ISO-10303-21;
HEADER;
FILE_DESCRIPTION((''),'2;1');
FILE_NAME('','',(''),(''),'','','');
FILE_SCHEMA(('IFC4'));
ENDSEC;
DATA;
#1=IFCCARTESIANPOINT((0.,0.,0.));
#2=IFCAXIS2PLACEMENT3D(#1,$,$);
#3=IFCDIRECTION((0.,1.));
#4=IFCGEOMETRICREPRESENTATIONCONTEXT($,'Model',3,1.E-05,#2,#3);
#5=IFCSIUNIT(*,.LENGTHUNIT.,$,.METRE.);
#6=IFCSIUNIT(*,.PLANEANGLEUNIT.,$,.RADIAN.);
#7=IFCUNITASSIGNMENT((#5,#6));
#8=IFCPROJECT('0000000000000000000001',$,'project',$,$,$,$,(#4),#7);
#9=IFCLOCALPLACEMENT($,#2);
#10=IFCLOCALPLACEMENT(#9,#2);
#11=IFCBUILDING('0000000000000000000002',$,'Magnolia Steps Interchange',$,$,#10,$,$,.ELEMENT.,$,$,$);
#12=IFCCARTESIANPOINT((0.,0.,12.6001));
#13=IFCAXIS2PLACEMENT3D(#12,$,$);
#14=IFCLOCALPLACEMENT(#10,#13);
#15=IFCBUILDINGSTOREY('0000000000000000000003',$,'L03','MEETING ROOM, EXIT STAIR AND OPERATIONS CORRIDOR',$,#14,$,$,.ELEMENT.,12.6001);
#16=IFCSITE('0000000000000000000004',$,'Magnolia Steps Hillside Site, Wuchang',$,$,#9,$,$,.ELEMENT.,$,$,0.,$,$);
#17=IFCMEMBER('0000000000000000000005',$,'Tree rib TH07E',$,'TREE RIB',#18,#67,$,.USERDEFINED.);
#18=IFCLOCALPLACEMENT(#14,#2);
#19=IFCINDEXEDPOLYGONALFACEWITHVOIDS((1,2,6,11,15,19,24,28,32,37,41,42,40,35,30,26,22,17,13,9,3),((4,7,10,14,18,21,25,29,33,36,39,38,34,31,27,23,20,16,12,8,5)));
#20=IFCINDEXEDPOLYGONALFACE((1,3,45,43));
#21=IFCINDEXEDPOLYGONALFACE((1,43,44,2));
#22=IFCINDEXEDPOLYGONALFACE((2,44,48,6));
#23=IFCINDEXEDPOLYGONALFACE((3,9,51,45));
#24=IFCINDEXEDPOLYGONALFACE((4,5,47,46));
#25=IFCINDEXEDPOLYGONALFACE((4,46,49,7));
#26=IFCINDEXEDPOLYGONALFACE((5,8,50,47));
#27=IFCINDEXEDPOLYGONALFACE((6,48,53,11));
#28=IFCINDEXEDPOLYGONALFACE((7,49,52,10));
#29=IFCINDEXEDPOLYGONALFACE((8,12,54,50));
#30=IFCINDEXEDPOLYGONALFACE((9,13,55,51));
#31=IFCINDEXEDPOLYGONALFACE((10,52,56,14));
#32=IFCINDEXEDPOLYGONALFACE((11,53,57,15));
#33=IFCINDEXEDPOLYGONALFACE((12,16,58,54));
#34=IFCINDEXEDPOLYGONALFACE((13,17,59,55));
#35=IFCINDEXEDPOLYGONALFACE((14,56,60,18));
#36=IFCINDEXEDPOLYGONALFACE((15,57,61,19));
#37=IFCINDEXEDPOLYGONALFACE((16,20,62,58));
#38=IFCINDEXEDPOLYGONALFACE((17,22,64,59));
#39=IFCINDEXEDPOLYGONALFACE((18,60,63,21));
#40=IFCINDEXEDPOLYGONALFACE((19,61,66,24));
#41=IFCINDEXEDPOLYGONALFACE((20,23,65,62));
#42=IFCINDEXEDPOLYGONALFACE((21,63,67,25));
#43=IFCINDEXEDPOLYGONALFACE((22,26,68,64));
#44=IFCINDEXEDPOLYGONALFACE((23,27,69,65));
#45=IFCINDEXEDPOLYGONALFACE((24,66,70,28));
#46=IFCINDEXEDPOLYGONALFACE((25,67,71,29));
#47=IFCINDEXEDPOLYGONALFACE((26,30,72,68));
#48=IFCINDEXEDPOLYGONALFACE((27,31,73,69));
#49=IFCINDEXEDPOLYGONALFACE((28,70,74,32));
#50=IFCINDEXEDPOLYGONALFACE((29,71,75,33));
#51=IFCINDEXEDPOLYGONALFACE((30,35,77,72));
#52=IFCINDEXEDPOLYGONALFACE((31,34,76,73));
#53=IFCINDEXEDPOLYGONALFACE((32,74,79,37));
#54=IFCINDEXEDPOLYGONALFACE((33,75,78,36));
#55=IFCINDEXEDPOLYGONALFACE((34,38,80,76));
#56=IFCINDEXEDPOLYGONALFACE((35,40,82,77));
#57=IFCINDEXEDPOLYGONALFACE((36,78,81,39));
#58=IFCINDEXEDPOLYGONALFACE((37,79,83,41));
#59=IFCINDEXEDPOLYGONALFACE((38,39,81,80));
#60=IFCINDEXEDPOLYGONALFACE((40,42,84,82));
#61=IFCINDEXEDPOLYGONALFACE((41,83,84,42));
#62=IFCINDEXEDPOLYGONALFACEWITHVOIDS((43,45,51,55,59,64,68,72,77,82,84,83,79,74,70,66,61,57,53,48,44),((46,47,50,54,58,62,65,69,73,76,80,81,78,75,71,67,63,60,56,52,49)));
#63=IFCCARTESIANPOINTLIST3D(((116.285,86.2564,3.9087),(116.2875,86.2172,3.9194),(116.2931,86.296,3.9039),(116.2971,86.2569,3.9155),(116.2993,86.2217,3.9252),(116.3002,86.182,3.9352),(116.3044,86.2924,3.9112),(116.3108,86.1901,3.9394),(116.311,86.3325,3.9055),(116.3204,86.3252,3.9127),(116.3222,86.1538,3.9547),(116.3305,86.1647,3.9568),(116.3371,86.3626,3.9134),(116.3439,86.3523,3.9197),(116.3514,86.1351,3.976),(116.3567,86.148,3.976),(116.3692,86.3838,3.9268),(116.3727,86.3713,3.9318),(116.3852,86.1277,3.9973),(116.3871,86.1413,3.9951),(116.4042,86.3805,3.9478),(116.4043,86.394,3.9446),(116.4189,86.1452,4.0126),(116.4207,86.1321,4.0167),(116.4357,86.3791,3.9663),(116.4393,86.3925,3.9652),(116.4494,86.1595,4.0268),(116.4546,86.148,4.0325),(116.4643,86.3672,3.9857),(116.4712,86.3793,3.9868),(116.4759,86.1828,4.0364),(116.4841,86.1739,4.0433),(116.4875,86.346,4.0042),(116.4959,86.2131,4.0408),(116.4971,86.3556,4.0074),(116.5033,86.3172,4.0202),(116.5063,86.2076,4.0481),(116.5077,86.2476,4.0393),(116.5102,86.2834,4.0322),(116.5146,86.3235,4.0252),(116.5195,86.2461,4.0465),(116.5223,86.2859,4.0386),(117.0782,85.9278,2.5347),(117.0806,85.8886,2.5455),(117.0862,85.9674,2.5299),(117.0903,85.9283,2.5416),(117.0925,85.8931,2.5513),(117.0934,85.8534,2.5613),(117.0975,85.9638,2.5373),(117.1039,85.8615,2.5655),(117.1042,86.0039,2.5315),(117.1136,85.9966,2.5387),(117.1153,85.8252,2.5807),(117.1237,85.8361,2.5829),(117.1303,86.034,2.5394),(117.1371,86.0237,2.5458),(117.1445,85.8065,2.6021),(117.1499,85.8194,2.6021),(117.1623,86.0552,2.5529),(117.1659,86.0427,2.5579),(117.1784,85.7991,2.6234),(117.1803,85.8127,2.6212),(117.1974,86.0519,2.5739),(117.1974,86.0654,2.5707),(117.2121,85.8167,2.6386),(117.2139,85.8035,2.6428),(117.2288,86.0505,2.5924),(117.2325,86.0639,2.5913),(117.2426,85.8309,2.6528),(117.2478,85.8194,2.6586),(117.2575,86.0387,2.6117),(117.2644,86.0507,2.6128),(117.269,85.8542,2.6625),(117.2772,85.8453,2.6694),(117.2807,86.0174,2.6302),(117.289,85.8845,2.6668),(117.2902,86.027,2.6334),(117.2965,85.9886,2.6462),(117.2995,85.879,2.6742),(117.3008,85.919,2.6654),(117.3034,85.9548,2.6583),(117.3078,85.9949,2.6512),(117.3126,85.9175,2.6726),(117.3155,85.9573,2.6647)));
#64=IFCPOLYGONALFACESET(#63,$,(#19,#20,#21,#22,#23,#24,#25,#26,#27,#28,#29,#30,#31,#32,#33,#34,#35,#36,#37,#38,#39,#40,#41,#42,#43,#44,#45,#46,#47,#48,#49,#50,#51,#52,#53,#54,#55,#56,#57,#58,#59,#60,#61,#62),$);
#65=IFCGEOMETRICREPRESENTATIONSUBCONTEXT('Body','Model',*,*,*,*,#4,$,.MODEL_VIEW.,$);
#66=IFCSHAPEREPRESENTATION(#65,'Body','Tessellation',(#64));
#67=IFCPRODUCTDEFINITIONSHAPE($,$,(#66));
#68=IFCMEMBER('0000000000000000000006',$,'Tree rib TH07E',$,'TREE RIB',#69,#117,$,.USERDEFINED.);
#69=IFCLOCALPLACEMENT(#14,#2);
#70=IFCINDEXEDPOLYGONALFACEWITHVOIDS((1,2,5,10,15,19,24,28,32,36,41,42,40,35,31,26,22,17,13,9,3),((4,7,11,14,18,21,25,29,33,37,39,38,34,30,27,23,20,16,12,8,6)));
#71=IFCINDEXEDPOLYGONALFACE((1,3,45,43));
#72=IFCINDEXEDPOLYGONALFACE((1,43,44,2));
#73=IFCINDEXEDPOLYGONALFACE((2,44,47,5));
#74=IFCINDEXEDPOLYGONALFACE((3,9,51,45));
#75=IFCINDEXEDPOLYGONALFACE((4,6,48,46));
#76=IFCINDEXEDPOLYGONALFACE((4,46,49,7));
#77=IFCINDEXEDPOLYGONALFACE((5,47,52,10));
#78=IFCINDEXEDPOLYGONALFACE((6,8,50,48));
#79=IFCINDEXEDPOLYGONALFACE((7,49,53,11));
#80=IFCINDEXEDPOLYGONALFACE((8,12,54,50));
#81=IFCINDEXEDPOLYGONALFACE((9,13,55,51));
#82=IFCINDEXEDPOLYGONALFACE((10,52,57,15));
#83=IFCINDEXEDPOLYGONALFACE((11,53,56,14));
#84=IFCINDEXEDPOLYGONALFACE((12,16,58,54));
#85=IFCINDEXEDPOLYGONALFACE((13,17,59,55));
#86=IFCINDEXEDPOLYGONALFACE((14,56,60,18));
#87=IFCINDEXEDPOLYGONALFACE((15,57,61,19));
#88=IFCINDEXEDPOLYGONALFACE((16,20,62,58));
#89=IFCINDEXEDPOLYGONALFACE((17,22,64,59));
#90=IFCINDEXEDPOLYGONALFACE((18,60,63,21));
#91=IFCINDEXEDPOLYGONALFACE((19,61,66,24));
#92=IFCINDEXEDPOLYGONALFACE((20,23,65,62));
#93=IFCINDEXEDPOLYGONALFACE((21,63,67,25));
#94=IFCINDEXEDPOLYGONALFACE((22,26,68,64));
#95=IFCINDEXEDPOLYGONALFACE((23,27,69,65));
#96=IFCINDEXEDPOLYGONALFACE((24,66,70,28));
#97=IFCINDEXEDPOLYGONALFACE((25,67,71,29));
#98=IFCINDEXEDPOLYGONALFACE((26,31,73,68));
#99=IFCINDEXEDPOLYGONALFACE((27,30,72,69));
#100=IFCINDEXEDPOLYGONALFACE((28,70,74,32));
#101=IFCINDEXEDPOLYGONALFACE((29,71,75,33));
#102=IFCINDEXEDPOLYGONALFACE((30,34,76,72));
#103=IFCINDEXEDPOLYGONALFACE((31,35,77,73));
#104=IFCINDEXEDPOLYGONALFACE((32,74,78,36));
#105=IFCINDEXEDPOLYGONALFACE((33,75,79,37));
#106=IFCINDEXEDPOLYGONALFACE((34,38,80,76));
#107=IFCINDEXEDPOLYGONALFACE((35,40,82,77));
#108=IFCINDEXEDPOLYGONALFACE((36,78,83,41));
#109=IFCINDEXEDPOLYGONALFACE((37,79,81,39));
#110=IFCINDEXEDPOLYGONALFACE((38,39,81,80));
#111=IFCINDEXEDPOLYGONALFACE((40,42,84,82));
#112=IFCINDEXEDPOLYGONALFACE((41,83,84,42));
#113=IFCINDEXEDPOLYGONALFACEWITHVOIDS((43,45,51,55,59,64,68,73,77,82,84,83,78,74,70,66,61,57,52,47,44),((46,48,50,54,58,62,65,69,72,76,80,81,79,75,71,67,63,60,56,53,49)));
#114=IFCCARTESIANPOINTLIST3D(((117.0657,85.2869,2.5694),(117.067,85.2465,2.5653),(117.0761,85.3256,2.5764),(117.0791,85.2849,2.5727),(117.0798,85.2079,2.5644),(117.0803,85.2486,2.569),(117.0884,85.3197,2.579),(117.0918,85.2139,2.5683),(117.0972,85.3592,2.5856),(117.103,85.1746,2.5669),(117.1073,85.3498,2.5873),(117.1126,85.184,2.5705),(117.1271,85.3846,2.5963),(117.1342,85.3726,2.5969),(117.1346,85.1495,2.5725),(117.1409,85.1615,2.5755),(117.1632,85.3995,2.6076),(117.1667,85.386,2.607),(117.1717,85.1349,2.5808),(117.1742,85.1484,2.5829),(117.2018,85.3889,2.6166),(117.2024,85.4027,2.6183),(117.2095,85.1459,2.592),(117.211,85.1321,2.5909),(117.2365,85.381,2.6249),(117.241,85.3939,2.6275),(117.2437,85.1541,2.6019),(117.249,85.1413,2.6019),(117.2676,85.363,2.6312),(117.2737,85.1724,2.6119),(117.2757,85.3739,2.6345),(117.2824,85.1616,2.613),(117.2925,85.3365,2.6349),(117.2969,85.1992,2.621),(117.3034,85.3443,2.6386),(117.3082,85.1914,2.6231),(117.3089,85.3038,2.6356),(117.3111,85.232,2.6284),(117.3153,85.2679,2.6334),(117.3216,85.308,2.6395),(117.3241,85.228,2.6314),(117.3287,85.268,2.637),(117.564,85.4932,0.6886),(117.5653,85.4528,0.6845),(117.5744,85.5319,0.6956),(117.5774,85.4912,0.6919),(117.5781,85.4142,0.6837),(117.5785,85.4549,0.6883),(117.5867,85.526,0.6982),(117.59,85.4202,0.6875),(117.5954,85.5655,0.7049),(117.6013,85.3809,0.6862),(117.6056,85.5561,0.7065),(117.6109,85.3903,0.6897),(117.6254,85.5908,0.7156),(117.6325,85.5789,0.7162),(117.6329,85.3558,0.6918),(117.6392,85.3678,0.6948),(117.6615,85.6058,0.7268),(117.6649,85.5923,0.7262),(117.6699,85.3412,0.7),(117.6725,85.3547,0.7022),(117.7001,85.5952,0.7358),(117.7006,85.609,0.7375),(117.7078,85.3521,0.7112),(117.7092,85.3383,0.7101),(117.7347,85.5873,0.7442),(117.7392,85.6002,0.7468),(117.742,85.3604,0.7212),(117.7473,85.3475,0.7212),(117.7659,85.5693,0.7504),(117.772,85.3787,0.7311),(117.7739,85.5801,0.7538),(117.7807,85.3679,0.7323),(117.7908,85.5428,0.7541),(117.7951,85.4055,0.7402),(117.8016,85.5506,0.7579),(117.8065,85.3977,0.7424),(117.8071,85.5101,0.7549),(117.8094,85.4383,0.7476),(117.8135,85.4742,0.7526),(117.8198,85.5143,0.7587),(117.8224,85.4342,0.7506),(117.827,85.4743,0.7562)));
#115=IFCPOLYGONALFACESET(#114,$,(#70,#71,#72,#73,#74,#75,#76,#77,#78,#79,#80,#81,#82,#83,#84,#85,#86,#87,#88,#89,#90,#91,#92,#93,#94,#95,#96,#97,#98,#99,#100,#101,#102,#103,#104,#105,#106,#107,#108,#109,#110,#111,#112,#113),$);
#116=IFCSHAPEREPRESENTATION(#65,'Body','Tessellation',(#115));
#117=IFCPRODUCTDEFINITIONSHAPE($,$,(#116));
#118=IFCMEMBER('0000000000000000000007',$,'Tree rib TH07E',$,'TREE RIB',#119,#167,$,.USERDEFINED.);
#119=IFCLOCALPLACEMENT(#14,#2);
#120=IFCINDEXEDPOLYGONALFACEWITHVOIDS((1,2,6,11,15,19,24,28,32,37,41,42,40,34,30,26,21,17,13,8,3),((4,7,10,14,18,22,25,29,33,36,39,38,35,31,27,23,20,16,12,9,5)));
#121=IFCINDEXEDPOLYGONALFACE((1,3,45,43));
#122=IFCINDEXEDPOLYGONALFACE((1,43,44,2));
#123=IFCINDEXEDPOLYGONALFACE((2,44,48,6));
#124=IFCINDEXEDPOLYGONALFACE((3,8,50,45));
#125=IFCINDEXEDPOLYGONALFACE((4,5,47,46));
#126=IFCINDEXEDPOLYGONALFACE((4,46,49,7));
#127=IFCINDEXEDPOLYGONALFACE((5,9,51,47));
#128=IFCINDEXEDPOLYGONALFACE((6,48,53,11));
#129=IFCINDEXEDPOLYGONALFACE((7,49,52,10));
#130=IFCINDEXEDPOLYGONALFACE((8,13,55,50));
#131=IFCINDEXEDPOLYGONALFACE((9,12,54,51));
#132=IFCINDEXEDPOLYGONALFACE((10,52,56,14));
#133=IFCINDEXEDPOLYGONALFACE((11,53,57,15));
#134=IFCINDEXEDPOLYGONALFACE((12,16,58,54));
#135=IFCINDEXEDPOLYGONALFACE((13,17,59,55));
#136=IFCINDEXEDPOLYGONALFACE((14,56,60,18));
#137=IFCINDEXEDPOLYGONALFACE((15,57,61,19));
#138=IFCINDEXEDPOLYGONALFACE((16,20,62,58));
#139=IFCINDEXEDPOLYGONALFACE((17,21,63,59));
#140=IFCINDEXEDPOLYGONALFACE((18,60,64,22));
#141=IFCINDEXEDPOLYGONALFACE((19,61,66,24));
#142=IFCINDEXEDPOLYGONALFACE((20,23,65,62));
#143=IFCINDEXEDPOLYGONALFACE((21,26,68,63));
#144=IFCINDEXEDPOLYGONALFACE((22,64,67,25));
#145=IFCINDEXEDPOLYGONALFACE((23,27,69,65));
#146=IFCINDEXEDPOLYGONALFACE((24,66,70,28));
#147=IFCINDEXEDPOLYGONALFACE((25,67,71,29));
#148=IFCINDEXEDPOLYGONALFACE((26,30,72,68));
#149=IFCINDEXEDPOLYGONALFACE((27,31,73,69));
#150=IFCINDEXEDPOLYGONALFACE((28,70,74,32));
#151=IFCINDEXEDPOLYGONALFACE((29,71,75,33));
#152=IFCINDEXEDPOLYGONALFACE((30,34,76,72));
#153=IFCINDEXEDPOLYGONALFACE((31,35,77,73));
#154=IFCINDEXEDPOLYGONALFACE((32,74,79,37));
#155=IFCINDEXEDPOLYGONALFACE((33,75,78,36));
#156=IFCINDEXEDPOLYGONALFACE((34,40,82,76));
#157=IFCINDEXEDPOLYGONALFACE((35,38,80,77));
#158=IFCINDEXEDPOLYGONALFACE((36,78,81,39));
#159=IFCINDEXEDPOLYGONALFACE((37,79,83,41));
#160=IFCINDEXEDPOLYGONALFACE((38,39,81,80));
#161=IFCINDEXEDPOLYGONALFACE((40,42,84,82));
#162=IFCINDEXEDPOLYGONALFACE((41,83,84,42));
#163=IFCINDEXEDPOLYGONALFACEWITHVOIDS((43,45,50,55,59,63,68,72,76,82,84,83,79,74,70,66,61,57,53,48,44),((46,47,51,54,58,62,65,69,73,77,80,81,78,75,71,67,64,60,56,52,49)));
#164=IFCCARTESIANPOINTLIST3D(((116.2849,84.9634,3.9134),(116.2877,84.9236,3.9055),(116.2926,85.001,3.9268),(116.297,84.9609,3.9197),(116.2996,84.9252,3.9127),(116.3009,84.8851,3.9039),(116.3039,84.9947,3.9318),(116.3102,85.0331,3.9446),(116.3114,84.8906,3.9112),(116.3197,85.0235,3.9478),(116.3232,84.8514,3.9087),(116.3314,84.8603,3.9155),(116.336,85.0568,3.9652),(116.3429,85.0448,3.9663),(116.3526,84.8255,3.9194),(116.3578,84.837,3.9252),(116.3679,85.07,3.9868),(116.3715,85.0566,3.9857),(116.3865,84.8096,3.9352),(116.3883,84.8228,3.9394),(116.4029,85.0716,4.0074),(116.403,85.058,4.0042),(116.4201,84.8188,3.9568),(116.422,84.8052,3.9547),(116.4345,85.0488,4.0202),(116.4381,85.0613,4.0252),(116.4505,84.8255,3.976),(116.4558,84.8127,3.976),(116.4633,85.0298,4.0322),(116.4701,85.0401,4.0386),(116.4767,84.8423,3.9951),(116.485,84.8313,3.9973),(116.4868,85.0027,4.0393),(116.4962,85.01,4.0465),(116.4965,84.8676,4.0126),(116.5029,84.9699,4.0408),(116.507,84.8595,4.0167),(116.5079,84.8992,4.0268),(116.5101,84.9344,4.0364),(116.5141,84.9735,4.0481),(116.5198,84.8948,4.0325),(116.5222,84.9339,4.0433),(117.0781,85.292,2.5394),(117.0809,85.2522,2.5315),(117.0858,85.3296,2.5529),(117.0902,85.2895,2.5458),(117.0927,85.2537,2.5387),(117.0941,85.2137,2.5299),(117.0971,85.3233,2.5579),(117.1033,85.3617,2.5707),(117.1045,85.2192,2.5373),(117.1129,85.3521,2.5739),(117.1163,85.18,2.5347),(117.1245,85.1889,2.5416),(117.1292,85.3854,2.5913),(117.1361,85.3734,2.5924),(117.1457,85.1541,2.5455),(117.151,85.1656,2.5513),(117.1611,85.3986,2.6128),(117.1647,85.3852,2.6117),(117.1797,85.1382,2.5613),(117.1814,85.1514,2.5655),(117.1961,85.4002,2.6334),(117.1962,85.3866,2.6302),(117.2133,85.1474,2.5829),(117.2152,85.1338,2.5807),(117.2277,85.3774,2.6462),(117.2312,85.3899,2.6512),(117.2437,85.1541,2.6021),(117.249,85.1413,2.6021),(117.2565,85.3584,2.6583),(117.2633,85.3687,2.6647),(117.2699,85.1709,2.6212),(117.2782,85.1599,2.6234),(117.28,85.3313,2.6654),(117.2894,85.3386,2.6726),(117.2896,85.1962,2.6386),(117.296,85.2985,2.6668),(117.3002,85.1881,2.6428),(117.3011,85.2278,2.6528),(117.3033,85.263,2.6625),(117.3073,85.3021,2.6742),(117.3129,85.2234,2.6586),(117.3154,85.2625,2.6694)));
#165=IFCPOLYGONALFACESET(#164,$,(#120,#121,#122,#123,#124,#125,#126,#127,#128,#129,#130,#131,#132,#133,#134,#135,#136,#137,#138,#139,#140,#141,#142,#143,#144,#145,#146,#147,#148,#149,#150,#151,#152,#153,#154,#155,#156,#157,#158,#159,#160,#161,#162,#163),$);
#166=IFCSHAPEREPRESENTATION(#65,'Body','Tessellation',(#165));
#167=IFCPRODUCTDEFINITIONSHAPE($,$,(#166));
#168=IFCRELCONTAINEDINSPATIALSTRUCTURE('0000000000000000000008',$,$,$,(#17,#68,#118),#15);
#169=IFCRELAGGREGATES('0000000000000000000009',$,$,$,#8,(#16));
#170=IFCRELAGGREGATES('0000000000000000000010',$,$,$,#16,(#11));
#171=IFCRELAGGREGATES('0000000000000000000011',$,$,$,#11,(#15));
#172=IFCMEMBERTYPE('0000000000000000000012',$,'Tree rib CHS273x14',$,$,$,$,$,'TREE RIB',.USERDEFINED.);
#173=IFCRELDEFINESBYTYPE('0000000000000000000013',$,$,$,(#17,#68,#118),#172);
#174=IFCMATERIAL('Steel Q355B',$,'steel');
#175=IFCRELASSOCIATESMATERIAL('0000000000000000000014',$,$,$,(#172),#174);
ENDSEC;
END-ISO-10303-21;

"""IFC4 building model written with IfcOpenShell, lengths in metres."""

from ifc_helpers import new_model, si_unit, direction, frame, origin, origin_2d, place, context, subcontext, project, spatial, hollow_circle, extrude, material, material_profile, profile_set, type_object, element, save


model = new_model("IFC4")

# Units and contexts
model_context = context("Model", 3, precision=1e-05, world=origin(), true_north=direction((0.0, 1.0)))
body_context = subcontext(model_context, "Body", "Model", "MODEL_VIEW")
ifc_project = project(units=[si_unit("LENGTHUNIT", "METRE"), si_unit("PLANEANGLEUNIT", "RADIAN")], contexts=[model_context])

# Site, building, storey
site_placement = place(None, origin())
site = spatial("IfcSite", under=ifc_project, at=site_placement, Name="Magnolia Steps Hillside Site, Wuchang", CompositionType="ELEMENT", RefElevation=0.0)
building_placement = place(site_placement, origin())
building = spatial("IfcBuilding", under=site, at=building_placement, Name="Magnolia Steps Interchange", CompositionType="ELEMENT")
storey_placement = place(building_placement, frame((0.0, 0.0, 12.6001)))
storey = spatial("IfcBuildingStorey", under=building, at=storey_placement, Name="L03", Description="MEETING ROOM, EXIT STAIR AND OPERATIONS CORRIDOR", CompositionType="ELEMENT", Elevation=12.6001)

# Members
ifc_material_1 = material(Name="Steel Q355B", Category="steel")
ifc_material_profile_1 = material_profile(ifc_material_1, hollow_circle(Radius=0.1365, WallThickness=0.0139, at=origin_2d()), Name="CHS273x14")
ifc_profile_set_1 = profile_set([ifc_material_profile_1], Name="Steel Q355B")
member_type = type_object("IfcMemberType", Name="Tree rib CHS273x14", ElementType="TREE RIB", PredefinedType="USERDEFINED", material=ifc_profile_set_1)
member_1_placement = place(storey_placement, frame((117.1968, 85.9326, 2.6021), z_axis=(-0.489571, 0.20282, 0.848047), x_axis=(-0.382737, -0.923857, 0.0)))
element("IfcMember", 1, at=member_1_placement, inside=storey, type_object=member_type, Name="Tree rib TH07E", ObjectType="TREE RIB", PredefinedType="USERDEFINED", context=body_context, shape_type="SweptSolid", body=[
    extrude(hollow_circle(Radius=0.1365, WallThickness=0.0139, at=origin_2d()), origin(), (0.0, 0.0, 1.0), 1.6201),
])
member_2_placement = place(storey_placement, frame((117.6951, 85.4736, 0.7212), z_axis=(-0.254665, -0.105435, 0.961264), x_axis=(0.382525, -0.923945, 0.0)))
element("IfcMember", 2, at=member_2_placement, inside=storey, type_object=member_type, Name="Tree rib TH07E", ObjectType="TREE RIB", PredefinedType="USERDEFINED", context=body_context, shape_type="SweptSolid", body=[
    extrude(hollow_circle(Radius=0.1365, WallThickness=0.0139, at=origin_2d()), origin(), (0.0, 0.0, 1.0), 1.9565),
])
member_3_placement = place(storey_placement, frame((117.1968, 85.2673, 2.6021), z_axis=(-0.489571, -0.20282, 0.848047), x_axis=(0.382737, -0.923857, 0.0)))
element("IfcMember", 3, at=member_3_placement, inside=storey, type_object=member_type, Name="Tree rib TH07E", ObjectType="TREE RIB", PredefinedType="USERDEFINED", context=body_context, shape_type="SweptSolid", body=[
    extrude(hollow_circle(Radius=0.1365, WallThickness=0.0139, at=origin_2d()), origin(), (0.0, 0.0, 1.0), 1.6201),
])

save(model, "model.ifc")
